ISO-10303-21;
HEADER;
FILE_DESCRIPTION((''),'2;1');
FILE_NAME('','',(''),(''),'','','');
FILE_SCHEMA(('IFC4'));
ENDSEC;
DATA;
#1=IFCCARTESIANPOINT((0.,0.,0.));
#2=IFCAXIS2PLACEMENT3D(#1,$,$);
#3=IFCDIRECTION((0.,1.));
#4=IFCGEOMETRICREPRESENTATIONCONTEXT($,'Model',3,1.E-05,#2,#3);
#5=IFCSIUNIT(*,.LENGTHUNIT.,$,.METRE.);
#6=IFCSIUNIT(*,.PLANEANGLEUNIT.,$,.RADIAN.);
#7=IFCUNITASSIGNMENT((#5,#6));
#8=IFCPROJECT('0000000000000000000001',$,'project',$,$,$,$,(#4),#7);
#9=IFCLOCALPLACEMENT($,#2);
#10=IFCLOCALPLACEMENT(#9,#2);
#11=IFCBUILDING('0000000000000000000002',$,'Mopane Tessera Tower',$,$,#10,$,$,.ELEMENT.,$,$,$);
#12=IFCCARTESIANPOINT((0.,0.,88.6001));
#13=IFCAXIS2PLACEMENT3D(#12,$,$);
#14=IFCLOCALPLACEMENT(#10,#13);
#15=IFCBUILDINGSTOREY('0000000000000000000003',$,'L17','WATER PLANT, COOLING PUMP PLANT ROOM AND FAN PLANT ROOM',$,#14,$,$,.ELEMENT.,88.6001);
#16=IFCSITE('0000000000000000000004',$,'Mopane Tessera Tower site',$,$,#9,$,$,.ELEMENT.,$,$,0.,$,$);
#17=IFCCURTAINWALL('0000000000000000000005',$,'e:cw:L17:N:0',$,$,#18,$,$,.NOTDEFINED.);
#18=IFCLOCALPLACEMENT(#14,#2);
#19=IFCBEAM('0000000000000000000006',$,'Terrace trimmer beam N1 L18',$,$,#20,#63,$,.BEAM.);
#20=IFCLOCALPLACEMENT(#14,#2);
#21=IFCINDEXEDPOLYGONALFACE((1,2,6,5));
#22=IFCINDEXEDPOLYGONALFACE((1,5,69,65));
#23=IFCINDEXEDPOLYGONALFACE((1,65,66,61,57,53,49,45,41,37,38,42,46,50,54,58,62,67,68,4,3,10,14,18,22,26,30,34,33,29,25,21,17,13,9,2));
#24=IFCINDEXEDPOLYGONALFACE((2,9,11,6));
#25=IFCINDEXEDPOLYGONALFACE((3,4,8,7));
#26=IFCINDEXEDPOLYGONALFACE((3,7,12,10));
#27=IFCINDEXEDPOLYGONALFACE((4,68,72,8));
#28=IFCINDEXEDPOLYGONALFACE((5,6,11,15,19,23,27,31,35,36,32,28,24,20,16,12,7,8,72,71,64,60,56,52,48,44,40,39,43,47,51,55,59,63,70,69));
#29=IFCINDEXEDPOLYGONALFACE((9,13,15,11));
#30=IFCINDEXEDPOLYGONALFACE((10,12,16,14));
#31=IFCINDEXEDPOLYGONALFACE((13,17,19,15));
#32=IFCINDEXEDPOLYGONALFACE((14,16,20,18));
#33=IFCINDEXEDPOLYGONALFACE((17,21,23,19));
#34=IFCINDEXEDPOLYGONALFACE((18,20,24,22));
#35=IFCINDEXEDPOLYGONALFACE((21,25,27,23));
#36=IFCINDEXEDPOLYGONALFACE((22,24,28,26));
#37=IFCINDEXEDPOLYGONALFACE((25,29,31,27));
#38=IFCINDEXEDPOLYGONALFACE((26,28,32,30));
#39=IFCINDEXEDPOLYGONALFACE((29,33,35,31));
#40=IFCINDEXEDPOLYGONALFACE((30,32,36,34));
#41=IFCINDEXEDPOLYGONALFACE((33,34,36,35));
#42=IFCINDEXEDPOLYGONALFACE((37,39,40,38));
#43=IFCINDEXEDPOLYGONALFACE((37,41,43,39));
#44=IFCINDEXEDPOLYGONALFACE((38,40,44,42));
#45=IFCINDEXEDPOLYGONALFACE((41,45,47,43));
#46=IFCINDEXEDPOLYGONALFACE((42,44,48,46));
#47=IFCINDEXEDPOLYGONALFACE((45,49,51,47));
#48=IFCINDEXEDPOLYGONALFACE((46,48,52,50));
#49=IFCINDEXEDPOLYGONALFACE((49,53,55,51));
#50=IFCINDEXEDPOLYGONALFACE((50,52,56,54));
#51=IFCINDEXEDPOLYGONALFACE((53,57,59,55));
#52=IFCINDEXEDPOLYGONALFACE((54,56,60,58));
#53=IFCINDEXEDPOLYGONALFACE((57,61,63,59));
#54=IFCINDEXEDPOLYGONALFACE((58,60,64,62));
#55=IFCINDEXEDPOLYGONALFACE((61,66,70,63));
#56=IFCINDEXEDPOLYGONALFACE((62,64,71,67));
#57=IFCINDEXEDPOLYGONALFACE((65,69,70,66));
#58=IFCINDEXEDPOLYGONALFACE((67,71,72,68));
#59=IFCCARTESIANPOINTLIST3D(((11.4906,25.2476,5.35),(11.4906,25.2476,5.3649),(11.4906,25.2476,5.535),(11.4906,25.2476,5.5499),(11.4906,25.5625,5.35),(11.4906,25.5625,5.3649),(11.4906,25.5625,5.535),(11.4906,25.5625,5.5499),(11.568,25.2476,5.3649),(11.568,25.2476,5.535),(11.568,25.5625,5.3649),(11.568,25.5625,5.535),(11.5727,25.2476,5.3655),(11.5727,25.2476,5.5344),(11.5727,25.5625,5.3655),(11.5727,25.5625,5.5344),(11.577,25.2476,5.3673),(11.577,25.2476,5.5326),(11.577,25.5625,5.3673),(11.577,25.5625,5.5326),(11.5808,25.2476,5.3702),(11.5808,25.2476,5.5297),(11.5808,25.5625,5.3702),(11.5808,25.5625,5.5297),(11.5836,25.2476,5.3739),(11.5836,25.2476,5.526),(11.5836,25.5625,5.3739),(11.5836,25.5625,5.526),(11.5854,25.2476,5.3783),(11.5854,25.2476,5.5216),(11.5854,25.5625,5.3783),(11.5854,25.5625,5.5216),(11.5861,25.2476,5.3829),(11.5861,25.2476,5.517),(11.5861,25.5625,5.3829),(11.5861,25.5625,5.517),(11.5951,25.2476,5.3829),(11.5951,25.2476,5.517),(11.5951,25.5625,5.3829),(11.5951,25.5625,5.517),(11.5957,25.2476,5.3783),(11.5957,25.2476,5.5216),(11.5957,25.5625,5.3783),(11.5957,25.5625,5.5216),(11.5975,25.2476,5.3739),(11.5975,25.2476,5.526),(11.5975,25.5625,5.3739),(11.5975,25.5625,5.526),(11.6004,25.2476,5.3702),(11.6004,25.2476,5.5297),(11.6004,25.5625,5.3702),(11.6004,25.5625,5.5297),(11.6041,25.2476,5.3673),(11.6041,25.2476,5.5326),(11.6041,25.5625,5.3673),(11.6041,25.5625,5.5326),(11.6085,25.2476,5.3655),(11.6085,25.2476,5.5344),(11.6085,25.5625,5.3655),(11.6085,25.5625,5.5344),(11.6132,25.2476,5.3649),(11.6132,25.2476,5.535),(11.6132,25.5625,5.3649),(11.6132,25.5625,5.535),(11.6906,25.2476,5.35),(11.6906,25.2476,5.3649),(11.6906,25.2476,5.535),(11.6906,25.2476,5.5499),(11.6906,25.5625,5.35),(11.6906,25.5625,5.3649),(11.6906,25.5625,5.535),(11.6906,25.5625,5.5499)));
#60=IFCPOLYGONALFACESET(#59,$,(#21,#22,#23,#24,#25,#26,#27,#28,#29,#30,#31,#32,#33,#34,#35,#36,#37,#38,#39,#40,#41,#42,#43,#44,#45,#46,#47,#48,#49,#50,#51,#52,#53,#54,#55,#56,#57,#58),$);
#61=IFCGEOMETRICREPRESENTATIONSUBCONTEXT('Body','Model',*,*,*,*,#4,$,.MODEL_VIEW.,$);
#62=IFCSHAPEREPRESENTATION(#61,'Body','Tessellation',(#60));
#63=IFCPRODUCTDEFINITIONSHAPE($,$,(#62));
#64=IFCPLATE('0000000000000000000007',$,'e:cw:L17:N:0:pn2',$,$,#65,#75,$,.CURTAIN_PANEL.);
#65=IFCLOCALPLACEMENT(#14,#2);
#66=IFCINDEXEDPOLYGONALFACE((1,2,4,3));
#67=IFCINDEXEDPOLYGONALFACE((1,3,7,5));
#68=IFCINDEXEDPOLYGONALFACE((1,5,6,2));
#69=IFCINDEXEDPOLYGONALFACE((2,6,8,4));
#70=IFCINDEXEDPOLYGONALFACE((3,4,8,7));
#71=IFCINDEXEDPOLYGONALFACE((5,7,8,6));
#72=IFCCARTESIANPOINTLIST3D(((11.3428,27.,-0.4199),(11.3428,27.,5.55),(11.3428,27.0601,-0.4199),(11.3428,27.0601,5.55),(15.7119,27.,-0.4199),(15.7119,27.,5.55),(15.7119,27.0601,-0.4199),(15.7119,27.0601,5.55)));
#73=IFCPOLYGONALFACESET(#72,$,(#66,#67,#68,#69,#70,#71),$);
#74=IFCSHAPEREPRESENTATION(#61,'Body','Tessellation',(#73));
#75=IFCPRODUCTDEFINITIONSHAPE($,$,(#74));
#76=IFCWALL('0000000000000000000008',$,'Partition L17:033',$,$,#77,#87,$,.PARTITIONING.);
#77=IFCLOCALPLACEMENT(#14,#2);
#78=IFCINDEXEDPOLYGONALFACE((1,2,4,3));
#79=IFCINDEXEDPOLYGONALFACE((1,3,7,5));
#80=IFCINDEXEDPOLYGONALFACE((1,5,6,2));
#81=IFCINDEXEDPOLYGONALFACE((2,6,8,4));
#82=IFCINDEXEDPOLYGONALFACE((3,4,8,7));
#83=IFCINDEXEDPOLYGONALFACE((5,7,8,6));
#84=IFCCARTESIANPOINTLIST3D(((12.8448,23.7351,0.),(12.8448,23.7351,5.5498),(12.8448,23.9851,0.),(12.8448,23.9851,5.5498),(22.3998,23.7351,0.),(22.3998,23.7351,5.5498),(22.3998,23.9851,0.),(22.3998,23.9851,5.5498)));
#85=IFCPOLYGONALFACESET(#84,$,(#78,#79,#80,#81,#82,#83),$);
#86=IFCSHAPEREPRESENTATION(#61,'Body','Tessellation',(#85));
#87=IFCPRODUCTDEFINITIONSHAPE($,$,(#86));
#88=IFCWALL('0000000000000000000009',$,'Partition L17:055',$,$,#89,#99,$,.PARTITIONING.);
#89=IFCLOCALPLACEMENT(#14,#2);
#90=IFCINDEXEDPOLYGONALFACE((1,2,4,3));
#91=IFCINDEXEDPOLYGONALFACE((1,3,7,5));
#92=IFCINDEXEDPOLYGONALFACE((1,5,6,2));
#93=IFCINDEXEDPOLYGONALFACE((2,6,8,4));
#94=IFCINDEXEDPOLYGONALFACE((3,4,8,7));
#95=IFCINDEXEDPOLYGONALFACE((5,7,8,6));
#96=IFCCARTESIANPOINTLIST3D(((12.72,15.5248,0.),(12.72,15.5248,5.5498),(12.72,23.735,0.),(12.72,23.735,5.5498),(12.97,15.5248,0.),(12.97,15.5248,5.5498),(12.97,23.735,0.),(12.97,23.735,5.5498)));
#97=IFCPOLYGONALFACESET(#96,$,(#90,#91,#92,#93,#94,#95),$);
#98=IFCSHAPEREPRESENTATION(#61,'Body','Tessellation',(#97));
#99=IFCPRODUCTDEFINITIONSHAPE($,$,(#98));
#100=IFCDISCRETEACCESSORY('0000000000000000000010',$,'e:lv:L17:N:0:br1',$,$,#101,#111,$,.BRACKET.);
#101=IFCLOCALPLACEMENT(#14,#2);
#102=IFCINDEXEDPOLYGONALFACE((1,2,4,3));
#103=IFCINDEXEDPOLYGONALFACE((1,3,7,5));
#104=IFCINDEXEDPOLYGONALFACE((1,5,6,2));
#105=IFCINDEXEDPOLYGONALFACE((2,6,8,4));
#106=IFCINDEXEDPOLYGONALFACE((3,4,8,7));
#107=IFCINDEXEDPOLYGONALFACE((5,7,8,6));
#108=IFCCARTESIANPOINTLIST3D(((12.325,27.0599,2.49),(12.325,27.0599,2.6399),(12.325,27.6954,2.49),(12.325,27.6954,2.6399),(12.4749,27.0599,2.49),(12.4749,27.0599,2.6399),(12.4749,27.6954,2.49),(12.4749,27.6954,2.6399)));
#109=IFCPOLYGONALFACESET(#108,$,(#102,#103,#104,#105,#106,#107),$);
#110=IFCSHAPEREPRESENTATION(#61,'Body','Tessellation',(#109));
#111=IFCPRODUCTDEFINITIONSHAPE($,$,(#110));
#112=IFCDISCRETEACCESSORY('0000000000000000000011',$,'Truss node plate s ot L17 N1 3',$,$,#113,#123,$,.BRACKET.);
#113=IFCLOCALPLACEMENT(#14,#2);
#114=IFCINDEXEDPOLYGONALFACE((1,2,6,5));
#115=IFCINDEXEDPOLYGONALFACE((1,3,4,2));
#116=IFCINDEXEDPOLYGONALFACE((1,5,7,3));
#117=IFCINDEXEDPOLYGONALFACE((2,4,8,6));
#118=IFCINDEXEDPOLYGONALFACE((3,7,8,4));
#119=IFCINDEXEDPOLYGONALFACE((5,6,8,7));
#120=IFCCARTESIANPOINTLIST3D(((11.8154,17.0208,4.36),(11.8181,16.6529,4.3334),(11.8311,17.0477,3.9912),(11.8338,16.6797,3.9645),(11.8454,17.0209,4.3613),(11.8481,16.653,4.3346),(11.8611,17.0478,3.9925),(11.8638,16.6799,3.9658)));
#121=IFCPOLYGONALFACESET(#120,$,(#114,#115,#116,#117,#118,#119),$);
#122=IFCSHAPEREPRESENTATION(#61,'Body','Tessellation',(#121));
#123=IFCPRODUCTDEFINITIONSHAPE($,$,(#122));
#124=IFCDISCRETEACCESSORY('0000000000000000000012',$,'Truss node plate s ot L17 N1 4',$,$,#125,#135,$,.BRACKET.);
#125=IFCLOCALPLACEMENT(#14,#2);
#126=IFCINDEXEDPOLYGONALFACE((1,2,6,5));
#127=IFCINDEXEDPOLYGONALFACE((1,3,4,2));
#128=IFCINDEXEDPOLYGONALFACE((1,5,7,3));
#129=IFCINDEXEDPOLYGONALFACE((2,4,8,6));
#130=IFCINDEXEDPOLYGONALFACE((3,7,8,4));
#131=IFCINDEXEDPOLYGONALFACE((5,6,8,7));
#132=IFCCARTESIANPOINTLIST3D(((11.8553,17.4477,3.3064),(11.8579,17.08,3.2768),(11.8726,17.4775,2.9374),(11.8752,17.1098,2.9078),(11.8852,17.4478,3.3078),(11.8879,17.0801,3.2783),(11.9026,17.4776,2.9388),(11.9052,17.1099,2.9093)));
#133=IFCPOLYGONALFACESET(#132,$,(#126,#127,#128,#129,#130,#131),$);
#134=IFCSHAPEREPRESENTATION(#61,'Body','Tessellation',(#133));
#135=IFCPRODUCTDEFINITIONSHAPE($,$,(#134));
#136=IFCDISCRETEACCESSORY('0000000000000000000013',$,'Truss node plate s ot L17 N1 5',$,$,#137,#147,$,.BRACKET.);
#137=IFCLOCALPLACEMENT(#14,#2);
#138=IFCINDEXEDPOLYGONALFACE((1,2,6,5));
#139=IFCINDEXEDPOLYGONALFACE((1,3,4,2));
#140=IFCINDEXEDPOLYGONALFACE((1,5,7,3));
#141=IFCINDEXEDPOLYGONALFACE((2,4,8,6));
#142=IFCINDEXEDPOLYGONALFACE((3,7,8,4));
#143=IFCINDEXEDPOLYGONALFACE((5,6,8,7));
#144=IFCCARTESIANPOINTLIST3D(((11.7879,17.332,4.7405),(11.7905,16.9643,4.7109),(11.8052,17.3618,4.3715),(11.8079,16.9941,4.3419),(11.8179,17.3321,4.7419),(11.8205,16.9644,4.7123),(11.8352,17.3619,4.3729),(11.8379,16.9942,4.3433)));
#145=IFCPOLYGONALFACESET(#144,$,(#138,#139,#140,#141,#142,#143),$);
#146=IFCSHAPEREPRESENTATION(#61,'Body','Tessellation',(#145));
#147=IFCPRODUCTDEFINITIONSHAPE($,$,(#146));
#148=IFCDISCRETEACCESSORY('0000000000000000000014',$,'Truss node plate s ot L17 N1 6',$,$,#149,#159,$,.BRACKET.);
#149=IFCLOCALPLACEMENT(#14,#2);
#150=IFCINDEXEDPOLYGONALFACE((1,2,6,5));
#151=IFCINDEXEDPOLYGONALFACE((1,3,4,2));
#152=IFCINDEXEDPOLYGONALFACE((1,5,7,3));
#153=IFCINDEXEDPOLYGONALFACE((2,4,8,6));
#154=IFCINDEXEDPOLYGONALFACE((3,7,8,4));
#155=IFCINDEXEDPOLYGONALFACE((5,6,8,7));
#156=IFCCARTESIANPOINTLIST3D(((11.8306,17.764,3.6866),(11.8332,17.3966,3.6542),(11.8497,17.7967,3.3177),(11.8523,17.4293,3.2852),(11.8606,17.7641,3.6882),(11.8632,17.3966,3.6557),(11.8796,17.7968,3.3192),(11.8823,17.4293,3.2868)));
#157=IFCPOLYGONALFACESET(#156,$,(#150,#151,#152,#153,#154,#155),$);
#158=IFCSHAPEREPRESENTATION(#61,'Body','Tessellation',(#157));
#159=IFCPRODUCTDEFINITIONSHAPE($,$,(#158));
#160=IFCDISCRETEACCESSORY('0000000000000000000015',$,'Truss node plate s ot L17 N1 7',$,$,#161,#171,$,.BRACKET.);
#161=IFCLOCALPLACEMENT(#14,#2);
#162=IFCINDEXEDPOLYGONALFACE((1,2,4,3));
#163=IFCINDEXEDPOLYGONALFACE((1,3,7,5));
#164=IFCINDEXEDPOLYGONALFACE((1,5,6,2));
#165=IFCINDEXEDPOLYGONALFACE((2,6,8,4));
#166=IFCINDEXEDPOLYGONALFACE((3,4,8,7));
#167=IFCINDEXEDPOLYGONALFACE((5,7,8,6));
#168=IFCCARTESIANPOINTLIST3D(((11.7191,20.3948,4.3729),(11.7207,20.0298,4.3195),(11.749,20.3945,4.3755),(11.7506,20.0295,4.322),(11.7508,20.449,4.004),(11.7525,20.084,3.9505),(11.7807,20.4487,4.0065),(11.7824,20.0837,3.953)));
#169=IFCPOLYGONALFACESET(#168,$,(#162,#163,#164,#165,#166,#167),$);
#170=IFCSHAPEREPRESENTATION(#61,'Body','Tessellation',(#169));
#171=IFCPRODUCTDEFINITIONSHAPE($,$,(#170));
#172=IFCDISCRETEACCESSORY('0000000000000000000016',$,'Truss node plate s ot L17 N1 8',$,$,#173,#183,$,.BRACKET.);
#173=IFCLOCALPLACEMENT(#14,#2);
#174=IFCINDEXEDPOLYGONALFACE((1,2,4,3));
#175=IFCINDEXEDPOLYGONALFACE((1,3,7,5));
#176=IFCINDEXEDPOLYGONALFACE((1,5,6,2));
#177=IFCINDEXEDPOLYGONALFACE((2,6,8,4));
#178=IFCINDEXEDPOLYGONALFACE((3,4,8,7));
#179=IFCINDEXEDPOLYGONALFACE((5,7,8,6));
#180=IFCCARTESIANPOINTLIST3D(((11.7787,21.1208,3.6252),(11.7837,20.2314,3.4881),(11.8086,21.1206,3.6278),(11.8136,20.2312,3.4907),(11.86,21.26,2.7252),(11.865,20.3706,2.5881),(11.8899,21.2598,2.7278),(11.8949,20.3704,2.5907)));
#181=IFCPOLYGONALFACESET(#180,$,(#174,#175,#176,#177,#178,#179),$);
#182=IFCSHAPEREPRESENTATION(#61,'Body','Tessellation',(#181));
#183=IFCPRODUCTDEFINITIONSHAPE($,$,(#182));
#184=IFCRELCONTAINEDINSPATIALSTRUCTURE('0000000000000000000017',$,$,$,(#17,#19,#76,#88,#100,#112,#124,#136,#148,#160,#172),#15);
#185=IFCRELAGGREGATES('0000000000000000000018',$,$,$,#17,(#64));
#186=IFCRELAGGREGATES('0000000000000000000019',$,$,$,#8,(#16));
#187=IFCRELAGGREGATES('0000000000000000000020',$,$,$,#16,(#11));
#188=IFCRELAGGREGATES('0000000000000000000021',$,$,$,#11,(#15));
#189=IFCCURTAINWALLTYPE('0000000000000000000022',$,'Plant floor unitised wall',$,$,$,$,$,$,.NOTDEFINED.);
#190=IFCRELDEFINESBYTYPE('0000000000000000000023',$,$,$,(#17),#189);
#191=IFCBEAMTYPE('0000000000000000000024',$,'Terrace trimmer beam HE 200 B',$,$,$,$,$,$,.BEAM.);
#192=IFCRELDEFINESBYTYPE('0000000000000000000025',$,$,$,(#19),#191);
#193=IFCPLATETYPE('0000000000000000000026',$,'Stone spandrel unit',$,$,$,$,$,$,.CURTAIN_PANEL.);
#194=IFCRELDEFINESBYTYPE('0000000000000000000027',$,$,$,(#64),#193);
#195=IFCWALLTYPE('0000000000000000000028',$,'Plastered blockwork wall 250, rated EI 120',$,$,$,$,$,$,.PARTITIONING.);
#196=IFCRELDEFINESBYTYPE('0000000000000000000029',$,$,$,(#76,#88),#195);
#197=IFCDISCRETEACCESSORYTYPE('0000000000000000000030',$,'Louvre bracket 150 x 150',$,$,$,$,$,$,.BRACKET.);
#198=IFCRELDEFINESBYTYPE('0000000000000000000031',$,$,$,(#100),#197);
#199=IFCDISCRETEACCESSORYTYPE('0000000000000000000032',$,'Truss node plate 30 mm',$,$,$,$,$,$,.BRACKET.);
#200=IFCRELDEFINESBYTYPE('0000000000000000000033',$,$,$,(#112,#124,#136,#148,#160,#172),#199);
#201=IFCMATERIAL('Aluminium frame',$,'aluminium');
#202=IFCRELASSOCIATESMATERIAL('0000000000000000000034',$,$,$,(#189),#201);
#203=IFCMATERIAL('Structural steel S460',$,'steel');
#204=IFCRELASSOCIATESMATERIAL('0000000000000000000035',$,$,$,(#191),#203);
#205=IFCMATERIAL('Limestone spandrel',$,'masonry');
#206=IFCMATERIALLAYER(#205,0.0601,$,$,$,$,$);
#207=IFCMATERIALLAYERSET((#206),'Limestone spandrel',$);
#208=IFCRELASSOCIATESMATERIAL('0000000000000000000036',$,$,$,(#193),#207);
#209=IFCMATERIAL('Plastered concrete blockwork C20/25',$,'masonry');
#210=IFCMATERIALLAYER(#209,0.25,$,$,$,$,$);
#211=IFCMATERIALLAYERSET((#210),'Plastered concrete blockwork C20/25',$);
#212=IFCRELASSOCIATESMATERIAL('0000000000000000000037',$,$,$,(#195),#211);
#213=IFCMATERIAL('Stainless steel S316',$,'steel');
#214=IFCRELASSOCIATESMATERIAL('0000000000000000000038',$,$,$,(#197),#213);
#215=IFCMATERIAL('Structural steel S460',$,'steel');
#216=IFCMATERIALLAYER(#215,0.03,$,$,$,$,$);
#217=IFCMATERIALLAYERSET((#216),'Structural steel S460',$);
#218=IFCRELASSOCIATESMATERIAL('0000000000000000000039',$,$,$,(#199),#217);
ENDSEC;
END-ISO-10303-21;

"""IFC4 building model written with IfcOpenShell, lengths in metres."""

from ifc_helpers import new_model, si_unit, direction, frame, frame_2d, origin, origin_2d, place, context, subcontext, project, spatial, rectangle, i_section, extrude, material, layer, layer_set, material_profile, profile_set, type_object, element, aggregate, save


model = new_model("IFC4")

# Units and contexts
model_context = context("Model", 3, precision=1e-05, world=origin(), true_north=direction((0.0, 1.0)))
body_context = subcontext(model_context, "Body", "Model", "MODEL_VIEW")
ifc_project = project(units=[si_unit("LENGTHUNIT", "METRE"), si_unit("PLANEANGLEUNIT", "RADIAN")], contexts=[model_context])

# Site, building, storey
site_placement = place(None, origin())
site = spatial("IfcSite", under=ifc_project, at=site_placement, Name="Mopane Tessera Tower site", CompositionType="ELEMENT", RefElevation=0.0)
building_placement = place(site_placement, origin())
building = spatial("IfcBuilding", under=site, at=building_placement, Name="Mopane Tessera Tower", CompositionType="ELEMENT")
storey_placement = place(building_placement, frame((0.0, 0.0, 88.6001)))
storey = spatial("IfcBuildingStorey", under=building, at=storey_placement, Name="L17", Description="WATER PLANT, COOLING PUMP PLANT ROOM AND FAN PLANT ROOM", CompositionType="ELEMENT", Elevation=88.6001)

# Curtain wall
ifc_material_1 = material(Name="Aluminium frame", Category="aluminium")
curtain_wall_type = type_object("IfcCurtainWallType", Name="Plant floor unitised wall", PredefinedType="NOTDEFINED", material=ifc_material_1)
curtain_wall_placement = place(storey_placement, origin())
curtain_wall = element("IfcCurtainWall", 1, at=curtain_wall_placement, inside=storey, type_object=curtain_wall_type, Name="e:cw:L17:N:0", PredefinedType="NOTDEFINED")

# Beam
ifc_material_2 = material(Name="Structural steel S460", Category="steel")
ifc_material_profile_1 = material_profile(ifc_material_2, i_section(OverallWidth=0.2, OverallDepth=0.2, WebThickness=0.009, FlangeThickness=0.0149, FilletRadius=0.0181, at=origin_2d()))
ifc_profile_set_1 = profile_set([ifc_material_profile_1], Name="Structural steel S460")
beam_type = type_object("IfcBeamType", Name="Terrace trimmer beam HE 200 B", PredefinedType="BEAM", material=ifc_profile_set_1)
beam_placement = place(storey_placement, frame((11.5906, 25.2476, 5.45), z_axis=(0.0, 1.0, 0.0), x_axis=(-1.0, 0.0, 0.0)))
element("IfcBeam", 2, at=beam_placement, inside=storey, type_object=beam_type, Name="Terrace trimmer beam N1 L18", PredefinedType="BEAM", context=body_context, shape_type="SweptSolid", body=[
    extrude(i_section(OverallWidth=0.2, OverallDepth=0.2, WebThickness=0.009, FlangeThickness=0.0149, FilletRadius=0.0181, at=origin_2d()), origin(), (0.0, 0.0, 1.0), 0.3149),
])

# Plate
ifc_material_3 = material(Name="Limestone spandrel", Category="masonry")
ifc_layer_1 = layer(ifc_material_3, 0.0601)
ifc_layer_set_1 = layer_set([ifc_layer_1], Name="Limestone spandrel")
plate_type = type_object("IfcPlateType", Name="Stone spandrel unit", PredefinedType="CURTAIN_PANEL", material=ifc_layer_set_1)
plate_placement = place(storey_placement, frame((13.5273, 27.03, -0.4199), z_axis=(0.0, 0.0, 1.0), x_axis=(-1.0, 0.0, 0.0)))
plate = element("IfcPlate", 3, at=plate_placement, type_object=plate_type, Name="e:cw:L17:N:0:pn2", PredefinedType="CURTAIN_PANEL", context=body_context, shape_type="SweptSolid", body=[
    extrude(rectangle(XDim=4.3691, YDim=0.0601, at=origin_2d()), origin(), (0.0, 0.0, 1.0), 5.97),
])
aggregate(curtain_wall, [plate])

# Walls
ifc_material_4 = material(Name="Plastered concrete blockwork C20/25", Category="masonry")
ifc_layer_2 = layer(ifc_material_4, 0.25)
ifc_layer_set_2 = layer_set([ifc_layer_2], Name="Plastered concrete blockwork C20/25")
wall_type = type_object("IfcWallType", Name="Plastered blockwork wall 250, rated EI 120", PredefinedType="PARTITIONING", material=ifc_layer_set_2)
wall_1_placement = place(storey_placement, frame((12.845, 23.8601, 0.0), z_axis=(0.0, 0.0, 1.0), x_axis=(1.0, 0.0, 0.0)))
element("IfcWall", 4, at=wall_1_placement, inside=storey, type_object=wall_type, Name="Partition L17:033", PredefinedType="PARTITIONING", context=body_context, shape_type="SweptSolid", body=[
    extrude(rectangle(XDim=9.5549, YDim=0.25, at=frame_2d((4.7773, 0.0))), origin(), (0.0, 0.0, 1.0), 5.5498),
])
wall_2_placement = place(storey_placement, frame((12.845, 15.5249, 0.0), z_axis=(0.0, 0.0, 1.0), x_axis=(0.0, 1.0, 0.0)))
element("IfcWall", 5, at=wall_2_placement, inside=storey, type_object=wall_type, Name="Partition L17:055", PredefinedType="PARTITIONING", context=body_context, shape_type="SweptSolid", body=[
    extrude(rectangle(XDim=8.2102, YDim=0.25, at=frame_2d((4.105, 0.0))), origin(), (0.0, 0.0, 1.0), 5.5498),
])

# Discrete accessories
ifc_material_5 = material(Name="Stainless steel S316", Category="steel")
discrete_accessory_type_1 = type_object("IfcDiscreteAccessoryType", Name="Louvre bracket 150 x 150", PredefinedType="BRACKET", material=ifc_material_5)
discrete_accessory_1_placement = place(storey_placement, frame((12.3999, 27.3777, 2.49), z_axis=(0.0, 0.0, 1.0), x_axis=(0.0, 1.0, 0.0)))
element("IfcDiscreteAccessory", 6, at=discrete_accessory_1_placement, inside=storey, type_object=discrete_accessory_type_1, Name="e:lv:L17:N:0:br1", PredefinedType="BRACKET", context=body_context, shape_type="SweptSolid", body=[
    extrude(rectangle(XDim=0.6355, YDim=0.1499, at=origin_2d()), origin(), (0.0, 0.0, 1.0), 0.1499),
])
ifc_material_6 = material(Name="Structural steel S460", Category="steel")
ifc_layer_3 = layer(ifc_material_6, 0.03)
ifc_layer_set_3 = layer_set([ifc_layer_3], Name="Structural steel S460")
discrete_accessory_type_2 = type_object("IfcDiscreteAccessoryType", Name="Truss node plate 30 mm", PredefinedType="BRACKET", material=ifc_layer_set_3)
discrete_accessory_2_placement = place(storey_placement, frame((11.8474, 16.8638, 3.9785), z_axis=(-0.042207, -0.072543, 0.996472), x_axis=(-0.999082, -0.004222, -0.042625)))
element("IfcDiscreteAccessory", 7, at=discrete_accessory_2_placement, inside=storey, type_object=discrete_accessory_type_2, Name="Truss node plate s ot L17 N1 3", PredefinedType="BRACKET", context=body_context, shape_type="SweptSolid", body=[
    extrude(rectangle(XDim=0.03, YDim=0.3689, at=origin_2d()), origin(), (0.0, 0.0, 1.0), 0.3701),
])
for number, where, z_axis, x_axis, name in (
    (8, (11.8889, 17.2937, 2.9233), (-0.046785, -0.080391, 0.995665), (-0.998879, -0.003423, -0.047212), "Truss node plate s ot L17 N1 4"),
    (9, (11.8215, 17.178, 4.3574), (-0.046785, -0.080391, 0.995665), (-0.998879, -0.003423, -0.047212), "Truss node plate s ot L17 N1 5"),
):
    element("IfcDiscreteAccessory", number, at=place(storey_placement, frame(where, z_axis=z_axis, x_axis=x_axis)), inside=storey, type_object=discrete_accessory_type_2, Name=name, PredefinedType="BRACKET", context=body_context, shape_type="SweptSolid", body=[
        extrude(rectangle(XDim=0.03, YDim=0.3689, at=origin_2d()), origin(), (0.0, 0.0, 1.0), 0.3706),
    ])
discrete_accessory_3_placement = place(storey_placement, frame((11.866, 17.613, 3.3022), z_axis=(-0.051352, -0.08822, 0.994776), x_axis=(-0.998655, -0.002577, -0.051781)))
element("IfcDiscreteAccessory", 10, at=discrete_accessory_3_placement, inside=storey, type_object=discrete_accessory_type_2, Name="Truss node plate s ot L17 N1 6", PredefinedType="BRACKET", context=body_context, shape_type="SweptSolid", body=[
    extrude(rectangle(XDim=0.03, YDim=0.3689, at=origin_2d()), origin(), (0.0, 0.0, 1.0), 0.3708),
])
discrete_accessory_4_placement = place(storey_placement, frame((11.7666, 20.2664, 3.9785), z_axis=(-0.084815, -0.144838, 0.985814), x_axis=(-0.996387, 0.007882, -0.084567)))
element("IfcDiscreteAccessory", 11, at=discrete_accessory_4_placement, inside=storey, type_object=discrete_accessory_type_2, Name="Truss node plate s ot L17 N1 7", PredefinedType="BRACKET", context=body_context, shape_type="SweptSolid", body=[
    extrude(rectangle(XDim=0.03, YDim=0.3689, at=origin_2d()), origin(), (0.0, 0.0, 1.0), 0.3743),
])
discrete_accessory_5_placement = place(storey_placement, frame((11.8774, 20.8152, 2.658), z_axis=(-0.088927, -0.152217, 0.984338), x_axis=(-0.996023, 0.008135, -0.088725)))
element("IfcDiscreteAccessory", 12, at=discrete_accessory_5_placement, inside=storey, type_object=discrete_accessory_type_2, Name="Truss node plate s ot L17 N1 8", PredefinedType="BRACKET", context=body_context, shape_type="SweptSolid", body=[
    extrude(rectangle(XDim=0.03, YDim=0.8999, at=origin_2d()), origin(), (0.0, 0.0, 1.0), 0.9143),
])

save(model, "model.ifc")
